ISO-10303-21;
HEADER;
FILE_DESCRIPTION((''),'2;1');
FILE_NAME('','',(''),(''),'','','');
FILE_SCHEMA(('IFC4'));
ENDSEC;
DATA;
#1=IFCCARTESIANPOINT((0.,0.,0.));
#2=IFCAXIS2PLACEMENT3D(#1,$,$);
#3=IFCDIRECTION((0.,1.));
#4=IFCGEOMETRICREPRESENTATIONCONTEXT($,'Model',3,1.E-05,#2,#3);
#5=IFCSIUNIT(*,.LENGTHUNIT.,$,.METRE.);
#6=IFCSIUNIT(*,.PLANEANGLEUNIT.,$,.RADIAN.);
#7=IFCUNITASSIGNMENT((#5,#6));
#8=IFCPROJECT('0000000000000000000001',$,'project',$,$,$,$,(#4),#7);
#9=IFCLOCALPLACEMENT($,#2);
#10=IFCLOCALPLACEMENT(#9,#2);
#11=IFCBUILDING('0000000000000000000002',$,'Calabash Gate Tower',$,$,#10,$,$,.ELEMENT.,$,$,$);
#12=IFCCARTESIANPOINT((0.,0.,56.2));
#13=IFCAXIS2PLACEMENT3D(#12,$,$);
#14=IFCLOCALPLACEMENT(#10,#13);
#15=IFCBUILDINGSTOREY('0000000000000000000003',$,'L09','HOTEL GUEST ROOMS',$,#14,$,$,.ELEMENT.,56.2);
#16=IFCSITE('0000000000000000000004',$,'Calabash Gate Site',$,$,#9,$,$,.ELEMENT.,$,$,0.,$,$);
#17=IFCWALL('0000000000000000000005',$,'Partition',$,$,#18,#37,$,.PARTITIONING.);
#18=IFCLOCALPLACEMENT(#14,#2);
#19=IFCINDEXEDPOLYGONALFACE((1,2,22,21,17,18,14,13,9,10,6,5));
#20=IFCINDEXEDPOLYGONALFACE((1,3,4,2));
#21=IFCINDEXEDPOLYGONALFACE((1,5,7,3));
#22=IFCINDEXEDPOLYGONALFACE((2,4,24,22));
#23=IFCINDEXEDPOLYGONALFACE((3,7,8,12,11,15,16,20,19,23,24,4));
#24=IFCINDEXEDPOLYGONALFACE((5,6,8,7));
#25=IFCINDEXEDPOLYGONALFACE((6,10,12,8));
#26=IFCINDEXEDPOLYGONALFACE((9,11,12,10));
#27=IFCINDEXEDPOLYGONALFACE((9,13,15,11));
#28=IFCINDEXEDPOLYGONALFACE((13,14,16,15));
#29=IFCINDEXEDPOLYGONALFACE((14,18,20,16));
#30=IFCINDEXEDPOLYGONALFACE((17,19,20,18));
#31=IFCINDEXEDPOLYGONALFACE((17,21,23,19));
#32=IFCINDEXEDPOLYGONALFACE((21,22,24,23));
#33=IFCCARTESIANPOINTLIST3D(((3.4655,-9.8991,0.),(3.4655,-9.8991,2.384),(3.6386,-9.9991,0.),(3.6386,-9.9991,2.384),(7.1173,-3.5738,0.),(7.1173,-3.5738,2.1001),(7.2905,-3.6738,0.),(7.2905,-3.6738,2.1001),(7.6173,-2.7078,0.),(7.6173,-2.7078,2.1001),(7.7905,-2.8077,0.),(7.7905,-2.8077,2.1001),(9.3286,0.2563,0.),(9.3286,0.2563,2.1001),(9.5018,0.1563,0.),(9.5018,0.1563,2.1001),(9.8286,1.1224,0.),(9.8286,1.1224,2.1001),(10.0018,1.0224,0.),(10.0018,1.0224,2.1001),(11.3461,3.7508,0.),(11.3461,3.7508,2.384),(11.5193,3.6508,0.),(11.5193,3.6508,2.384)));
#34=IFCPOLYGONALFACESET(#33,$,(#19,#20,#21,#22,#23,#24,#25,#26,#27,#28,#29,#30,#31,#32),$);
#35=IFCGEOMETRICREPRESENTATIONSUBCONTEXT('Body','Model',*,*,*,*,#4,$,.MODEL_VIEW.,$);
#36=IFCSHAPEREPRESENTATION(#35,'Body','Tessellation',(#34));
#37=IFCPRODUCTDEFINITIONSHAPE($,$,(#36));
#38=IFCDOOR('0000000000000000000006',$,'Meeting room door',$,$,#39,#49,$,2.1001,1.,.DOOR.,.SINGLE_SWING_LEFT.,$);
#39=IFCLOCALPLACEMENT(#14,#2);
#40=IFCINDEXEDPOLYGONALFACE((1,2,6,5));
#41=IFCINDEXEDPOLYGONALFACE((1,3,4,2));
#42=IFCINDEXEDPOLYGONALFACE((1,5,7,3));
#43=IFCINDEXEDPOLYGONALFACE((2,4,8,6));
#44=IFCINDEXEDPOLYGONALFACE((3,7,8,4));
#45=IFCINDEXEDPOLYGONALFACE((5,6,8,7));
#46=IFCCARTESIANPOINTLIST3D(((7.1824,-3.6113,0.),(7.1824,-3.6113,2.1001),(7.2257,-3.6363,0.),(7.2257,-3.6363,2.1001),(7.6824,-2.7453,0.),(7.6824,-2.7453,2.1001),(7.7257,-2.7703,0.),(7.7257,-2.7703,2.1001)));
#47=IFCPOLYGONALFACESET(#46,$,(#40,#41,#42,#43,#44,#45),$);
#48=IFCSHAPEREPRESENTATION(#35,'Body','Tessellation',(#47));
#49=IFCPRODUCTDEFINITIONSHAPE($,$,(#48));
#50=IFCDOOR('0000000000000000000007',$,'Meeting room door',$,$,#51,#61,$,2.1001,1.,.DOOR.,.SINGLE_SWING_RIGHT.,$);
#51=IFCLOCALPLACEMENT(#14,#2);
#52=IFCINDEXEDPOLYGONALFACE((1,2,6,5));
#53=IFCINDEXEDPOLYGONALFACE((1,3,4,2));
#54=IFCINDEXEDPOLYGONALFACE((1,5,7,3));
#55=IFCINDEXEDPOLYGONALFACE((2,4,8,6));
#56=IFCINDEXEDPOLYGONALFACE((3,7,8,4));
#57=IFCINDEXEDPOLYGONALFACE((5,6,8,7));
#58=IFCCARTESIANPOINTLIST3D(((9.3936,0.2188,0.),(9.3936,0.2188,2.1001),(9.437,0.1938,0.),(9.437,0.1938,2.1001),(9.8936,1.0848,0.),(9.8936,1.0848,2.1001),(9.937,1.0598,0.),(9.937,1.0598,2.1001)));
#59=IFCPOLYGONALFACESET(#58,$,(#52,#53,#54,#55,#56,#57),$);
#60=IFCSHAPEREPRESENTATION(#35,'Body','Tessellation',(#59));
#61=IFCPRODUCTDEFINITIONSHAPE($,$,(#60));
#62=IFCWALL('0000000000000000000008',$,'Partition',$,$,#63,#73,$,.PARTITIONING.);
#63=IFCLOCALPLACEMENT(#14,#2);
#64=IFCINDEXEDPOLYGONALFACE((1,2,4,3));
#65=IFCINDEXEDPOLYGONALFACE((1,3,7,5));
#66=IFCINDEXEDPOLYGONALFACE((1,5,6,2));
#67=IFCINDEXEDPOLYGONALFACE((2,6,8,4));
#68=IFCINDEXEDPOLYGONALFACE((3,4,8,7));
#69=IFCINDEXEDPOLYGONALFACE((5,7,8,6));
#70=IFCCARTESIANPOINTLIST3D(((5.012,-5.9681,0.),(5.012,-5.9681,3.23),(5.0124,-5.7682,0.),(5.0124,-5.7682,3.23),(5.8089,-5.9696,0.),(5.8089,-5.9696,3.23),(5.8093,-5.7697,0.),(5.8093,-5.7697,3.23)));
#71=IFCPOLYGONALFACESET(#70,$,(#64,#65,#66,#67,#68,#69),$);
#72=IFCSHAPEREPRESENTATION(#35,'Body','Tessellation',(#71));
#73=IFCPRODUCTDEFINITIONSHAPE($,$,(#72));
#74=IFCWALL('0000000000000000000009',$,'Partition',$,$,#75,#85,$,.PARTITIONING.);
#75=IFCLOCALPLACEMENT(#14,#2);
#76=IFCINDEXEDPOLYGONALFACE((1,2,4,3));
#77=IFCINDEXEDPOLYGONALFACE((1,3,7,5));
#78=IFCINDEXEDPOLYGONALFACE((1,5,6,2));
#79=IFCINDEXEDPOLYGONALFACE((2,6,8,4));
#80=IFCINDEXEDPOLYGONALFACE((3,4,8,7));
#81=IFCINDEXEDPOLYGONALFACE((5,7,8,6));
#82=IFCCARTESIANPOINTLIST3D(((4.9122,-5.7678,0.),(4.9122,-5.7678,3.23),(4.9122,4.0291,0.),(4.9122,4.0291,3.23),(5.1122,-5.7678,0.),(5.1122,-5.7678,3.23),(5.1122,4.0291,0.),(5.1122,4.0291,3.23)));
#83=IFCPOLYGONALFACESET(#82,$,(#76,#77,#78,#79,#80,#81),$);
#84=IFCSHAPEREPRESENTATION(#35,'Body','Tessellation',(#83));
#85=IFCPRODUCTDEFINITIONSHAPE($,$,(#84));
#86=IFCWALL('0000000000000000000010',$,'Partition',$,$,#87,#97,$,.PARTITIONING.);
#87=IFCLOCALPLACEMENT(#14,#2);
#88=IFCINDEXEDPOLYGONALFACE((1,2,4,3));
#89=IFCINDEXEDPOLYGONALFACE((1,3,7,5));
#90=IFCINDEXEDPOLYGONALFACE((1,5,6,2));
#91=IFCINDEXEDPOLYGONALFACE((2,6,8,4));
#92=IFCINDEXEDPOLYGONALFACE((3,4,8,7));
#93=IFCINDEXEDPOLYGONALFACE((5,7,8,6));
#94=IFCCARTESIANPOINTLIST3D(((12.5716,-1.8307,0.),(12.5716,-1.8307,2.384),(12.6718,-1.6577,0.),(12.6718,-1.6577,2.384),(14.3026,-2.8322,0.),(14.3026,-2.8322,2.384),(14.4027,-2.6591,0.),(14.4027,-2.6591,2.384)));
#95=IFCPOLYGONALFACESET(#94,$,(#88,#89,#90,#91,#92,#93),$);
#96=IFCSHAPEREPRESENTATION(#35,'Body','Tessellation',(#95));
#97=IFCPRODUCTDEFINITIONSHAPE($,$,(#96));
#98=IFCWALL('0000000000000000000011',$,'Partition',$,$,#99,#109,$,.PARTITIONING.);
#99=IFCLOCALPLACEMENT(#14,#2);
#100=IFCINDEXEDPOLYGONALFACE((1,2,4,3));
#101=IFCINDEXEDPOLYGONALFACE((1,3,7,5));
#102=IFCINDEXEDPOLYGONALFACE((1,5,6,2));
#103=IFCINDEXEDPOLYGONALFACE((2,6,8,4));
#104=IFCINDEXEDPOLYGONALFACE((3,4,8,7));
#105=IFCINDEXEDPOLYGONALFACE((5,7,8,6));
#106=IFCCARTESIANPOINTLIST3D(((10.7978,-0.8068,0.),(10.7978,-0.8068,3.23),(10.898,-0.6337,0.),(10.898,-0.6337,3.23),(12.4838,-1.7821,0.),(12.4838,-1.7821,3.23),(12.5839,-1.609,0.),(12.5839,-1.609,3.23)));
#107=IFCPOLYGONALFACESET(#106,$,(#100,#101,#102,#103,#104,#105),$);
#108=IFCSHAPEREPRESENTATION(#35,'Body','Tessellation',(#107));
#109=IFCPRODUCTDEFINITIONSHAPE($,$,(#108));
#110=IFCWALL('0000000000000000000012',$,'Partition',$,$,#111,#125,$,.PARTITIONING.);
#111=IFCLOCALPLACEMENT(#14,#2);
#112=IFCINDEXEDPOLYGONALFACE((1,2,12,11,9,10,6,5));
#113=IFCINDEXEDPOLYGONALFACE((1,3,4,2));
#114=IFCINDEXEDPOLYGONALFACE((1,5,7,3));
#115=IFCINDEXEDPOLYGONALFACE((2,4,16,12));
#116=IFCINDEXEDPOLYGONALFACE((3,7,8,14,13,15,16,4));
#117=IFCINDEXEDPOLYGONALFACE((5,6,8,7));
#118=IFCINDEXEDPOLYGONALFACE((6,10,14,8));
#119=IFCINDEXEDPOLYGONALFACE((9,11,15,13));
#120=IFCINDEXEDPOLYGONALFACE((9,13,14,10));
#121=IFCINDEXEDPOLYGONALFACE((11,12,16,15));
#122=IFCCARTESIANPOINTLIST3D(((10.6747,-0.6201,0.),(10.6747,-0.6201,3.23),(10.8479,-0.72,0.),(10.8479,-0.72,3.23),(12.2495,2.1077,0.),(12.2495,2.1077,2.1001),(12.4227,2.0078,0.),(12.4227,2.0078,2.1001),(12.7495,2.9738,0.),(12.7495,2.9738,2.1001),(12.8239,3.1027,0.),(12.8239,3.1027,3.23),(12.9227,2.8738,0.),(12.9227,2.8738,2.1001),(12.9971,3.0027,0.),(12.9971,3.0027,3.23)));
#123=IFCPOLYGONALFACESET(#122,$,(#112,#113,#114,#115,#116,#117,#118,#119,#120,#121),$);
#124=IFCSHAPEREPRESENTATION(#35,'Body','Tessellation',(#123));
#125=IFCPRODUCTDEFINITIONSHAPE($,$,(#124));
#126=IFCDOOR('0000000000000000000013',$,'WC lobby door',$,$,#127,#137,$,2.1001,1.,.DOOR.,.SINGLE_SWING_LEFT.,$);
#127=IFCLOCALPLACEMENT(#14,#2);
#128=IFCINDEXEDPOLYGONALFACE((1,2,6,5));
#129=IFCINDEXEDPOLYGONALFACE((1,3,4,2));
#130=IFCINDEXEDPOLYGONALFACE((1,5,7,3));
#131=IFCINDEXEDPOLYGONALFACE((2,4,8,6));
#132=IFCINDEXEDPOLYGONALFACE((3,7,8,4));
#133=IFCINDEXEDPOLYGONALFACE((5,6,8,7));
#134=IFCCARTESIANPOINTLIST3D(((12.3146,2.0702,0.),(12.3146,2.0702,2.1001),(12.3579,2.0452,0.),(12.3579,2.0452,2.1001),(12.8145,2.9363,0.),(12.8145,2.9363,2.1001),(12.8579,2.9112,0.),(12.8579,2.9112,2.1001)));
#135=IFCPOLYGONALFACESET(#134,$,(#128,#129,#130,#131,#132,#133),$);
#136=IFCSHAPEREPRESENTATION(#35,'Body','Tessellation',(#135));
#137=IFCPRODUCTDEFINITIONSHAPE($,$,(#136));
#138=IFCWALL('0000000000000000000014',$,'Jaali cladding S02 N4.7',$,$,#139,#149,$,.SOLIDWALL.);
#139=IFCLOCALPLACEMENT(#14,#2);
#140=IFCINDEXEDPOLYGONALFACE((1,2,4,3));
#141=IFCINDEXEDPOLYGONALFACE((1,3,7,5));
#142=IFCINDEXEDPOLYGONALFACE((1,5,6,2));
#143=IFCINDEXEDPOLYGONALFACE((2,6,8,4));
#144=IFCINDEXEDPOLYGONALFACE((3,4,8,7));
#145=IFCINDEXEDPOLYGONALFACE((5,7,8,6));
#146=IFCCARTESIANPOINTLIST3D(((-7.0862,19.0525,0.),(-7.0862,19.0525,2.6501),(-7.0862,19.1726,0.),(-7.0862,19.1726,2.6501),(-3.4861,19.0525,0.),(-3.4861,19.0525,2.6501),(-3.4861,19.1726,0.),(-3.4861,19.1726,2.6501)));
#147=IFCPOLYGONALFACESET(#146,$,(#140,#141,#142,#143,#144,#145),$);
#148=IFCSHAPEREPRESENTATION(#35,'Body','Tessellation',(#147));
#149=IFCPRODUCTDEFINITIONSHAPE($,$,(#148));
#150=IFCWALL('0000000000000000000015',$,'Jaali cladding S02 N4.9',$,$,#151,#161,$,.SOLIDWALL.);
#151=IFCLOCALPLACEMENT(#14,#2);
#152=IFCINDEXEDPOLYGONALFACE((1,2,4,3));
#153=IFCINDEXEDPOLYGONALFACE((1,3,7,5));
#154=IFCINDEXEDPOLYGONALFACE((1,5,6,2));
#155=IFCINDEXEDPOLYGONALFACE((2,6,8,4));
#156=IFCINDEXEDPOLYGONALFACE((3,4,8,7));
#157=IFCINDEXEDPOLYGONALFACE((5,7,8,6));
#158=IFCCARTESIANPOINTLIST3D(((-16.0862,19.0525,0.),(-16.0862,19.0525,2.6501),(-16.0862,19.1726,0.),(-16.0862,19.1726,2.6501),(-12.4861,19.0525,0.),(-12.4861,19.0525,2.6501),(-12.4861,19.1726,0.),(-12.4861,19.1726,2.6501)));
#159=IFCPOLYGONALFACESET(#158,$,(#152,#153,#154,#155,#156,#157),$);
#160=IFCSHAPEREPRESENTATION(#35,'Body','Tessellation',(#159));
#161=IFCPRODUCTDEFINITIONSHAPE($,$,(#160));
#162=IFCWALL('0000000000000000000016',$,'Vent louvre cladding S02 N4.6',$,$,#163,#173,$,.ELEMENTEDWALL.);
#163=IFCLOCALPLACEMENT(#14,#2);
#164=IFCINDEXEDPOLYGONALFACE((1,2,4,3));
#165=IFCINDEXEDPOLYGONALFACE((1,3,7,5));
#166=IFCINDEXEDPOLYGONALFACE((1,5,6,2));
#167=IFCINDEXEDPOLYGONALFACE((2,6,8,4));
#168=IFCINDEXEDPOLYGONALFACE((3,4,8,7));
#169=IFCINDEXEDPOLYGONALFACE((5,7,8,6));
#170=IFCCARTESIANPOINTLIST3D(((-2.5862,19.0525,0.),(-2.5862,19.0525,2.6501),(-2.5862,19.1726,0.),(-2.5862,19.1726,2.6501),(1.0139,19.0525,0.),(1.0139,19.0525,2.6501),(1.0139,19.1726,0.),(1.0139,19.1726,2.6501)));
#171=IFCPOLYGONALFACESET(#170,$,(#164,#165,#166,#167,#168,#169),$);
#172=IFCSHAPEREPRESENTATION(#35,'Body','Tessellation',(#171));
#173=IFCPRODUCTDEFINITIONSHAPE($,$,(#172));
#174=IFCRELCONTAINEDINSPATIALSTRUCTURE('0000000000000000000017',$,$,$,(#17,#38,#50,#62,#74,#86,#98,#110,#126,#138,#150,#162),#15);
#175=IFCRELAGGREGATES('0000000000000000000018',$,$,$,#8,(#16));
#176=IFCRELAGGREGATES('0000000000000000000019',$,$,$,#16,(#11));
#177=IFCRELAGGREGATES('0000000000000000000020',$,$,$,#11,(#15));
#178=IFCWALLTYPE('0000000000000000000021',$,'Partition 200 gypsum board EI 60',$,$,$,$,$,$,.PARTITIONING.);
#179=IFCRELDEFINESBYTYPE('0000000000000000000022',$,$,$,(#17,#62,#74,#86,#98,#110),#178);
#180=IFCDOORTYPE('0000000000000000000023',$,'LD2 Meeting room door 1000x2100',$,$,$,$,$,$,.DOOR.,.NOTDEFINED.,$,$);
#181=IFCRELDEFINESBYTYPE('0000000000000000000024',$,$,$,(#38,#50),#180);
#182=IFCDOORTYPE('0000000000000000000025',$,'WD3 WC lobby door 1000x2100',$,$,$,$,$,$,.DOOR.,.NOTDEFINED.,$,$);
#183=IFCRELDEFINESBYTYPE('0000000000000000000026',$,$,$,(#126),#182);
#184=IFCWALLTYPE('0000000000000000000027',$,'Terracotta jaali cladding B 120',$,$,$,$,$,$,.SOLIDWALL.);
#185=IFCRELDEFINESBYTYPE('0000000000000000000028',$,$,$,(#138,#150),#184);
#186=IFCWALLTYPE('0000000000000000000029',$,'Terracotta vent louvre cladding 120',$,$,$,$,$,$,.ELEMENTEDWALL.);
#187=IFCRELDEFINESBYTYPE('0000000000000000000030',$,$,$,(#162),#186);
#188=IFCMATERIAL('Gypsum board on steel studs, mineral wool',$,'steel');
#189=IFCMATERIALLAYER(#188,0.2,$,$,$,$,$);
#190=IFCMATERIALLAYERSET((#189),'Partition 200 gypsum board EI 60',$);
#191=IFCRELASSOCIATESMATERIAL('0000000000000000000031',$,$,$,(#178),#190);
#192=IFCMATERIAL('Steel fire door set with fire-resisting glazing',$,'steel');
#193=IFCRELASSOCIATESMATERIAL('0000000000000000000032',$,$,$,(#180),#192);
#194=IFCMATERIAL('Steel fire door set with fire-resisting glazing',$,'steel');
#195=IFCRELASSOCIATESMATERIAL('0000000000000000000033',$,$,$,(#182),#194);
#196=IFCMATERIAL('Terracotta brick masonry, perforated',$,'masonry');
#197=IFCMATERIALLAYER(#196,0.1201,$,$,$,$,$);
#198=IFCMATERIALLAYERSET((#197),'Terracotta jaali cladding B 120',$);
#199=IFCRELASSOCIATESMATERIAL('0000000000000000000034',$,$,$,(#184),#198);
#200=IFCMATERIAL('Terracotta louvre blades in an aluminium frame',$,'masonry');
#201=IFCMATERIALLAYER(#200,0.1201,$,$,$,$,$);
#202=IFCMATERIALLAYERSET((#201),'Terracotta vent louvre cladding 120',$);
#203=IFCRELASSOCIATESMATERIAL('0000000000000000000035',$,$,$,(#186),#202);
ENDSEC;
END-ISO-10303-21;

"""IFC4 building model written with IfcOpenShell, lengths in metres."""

from ifc_helpers import new_model, si_unit, direction, frame, frame_2d, origin, place, context, subcontext, project, spatial, polyline, rectangle, outline, extrude, material, layer, layer_set, type_object, element, fill, save


model = new_model("IFC4")

# Units and contexts
model_context = context("Model", 3, precision=1e-05, world=origin(), true_north=direction((0.0, 1.0)))
body_context = subcontext(model_context, "Body", "Model", "MODEL_VIEW")
ifc_project = project(units=[si_unit("LENGTHUNIT", "METRE"), si_unit("PLANEANGLEUNIT", "RADIAN")], contexts=[model_context])

# Site, building, storey
site_placement = place(None, origin())
site = spatial("IfcSite", under=ifc_project, at=site_placement, Name="Calabash Gate Site", CompositionType="ELEMENT", RefElevation=0.0)
building_placement = place(site_placement, origin())
building = spatial("IfcBuilding", under=site, at=building_placement, Name="Calabash Gate Tower", CompositionType="ELEMENT")
storey_placement = place(building_placement, frame((0.0, 0.0, 56.2)))
storey = spatial("IfcBuildingStorey", under=building, at=storey_placement, Name="L09", Description="HOTEL GUEST ROOMS", CompositionType="ELEMENT", Elevation=56.2)

# Shared definitions
ifc_material_1 = material(Name="Gypsum board on steel studs, mineral wool", Category="steel")
ifc_layer_1 = layer(ifc_material_1, 0.2)
ifc_layer_set_1 = layer_set([ifc_layer_1], Name="Partition 200 gypsum board EI 60")
wall_type_1 = type_object("IfcWallType", Name="Partition 200 gypsum board EI 60", PredefinedType="PARTITIONING", material=ifc_layer_set_1)

# Wall, openings, doors
wall_1_placement = place(storey_placement, frame((3.552, -9.9492, 0.0), z_axis=(0.0, 0.0, 1.0), x_axis=(0.499992, 0.86603, 0.0)))
wall_1 = element("IfcWall", 1, at=wall_1_placement, inside=storey, type_object=wall_type_1, Name="Partition", PredefinedType="PARTITIONING", context=body_context, shape_type="SweptSolid", body=[
    extrude(rectangle(XDim=15.7615, YDim=0.2, at=frame_2d((7.8809, 0.0))), origin(), (0.0, 0.0, 1.0), 2.384),
])
opening_1_placement = place(wall_1_placement, frame((7.304, 0.0, 0.0)))
opening_1 = element("IfcOpeningElement", 2, at=opening_1_placement, cuts=wall_1, PredefinedType="OPENING", context=body_context, shape_type="SweptSolid", body=[
    extrude(rectangle(XDim=1.0, YDim=2.1001, at=frame_2d((0.5, 1.05))), frame((0.0, 0.1099, 0.0), z_axis=(0.0, -1.0, 0.0), x_axis=(1.0, 0.0, 0.0)), (0.0, 0.0, 1.0), 0.22),
])
opening_2_placement = place(wall_1_placement, frame((11.7266, 0.0, 0.0)))
opening_2 = element("IfcOpeningElement", 3, at=opening_2_placement, cuts=wall_1, PredefinedType="OPENING", context=body_context, shape_type="SweptSolid", body=[
    extrude(rectangle(XDim=1.0, YDim=2.1001, at=frame_2d((0.5, 1.05))), frame((0.0, 0.1099, 0.0), z_axis=(0.0, -1.0, 0.0), x_axis=(1.0, 0.0, 0.0)), (0.0, 0.0, 1.0), 0.22),
])
ifc_material_2 = material(Name="Steel fire door set with fire-resisting glazing", Category="steel")
door_type_1 = type_object("IfcDoorType", Name="LD2 Meeting room door 1000x2100", OperationType="NOTDEFINED", PredefinedType="DOOR", material=ifc_material_2)
door_1_placement = place(opening_1_placement, origin())
door_1 = element("IfcDoor", 4, at=door_1_placement, inside=storey, type_object=door_type_1, Name="Meeting room door", OperationType="SINGLE_SWING_LEFT", OverallHeight=2.1001, OverallWidth=1.0, PredefinedType="DOOR", context=body_context, shape_type="SweptSolid", body=[
    extrude(rectangle(XDim=1.0, YDim=2.1001, at=frame_2d((0.5, 1.05))), frame((0.0, 0.0249, 0.0), z_axis=(0.0, -1.0, 0.0), x_axis=(1.0, 0.0, 0.0)), (0.0, 0.0, 1.0), 0.05),
])
fill(opening_1, door_1)
door_2_placement = place(opening_2_placement, origin())
door_2 = element("IfcDoor", 5, at=door_2_placement, inside=storey, type_object=door_type_1, Name="Meeting room door", OperationType="SINGLE_SWING_RIGHT", OverallHeight=2.1001, OverallWidth=1.0, PredefinedType="DOOR", context=body_context, shape_type="SweptSolid", body=[
    extrude(rectangle(XDim=1.0, YDim=2.1001, at=frame_2d((0.5, 1.05))), frame((0.0, 0.0249, 0.0), z_axis=(0.0, -1.0, 0.0), x_axis=(1.0, 0.0, 0.0)), (0.0, 0.0, 1.0), 0.05),
])
fill(opening_2, door_2)

# Walls
wall_2_placement = place(storey_placement, frame((5.0122, -5.8682, 0.0), z_axis=(0.0, 0.0, 1.0), x_axis=(0.999998, -0.001838, 0.0)))
element("IfcWall", 6, at=wall_2_placement, inside=storey, type_object=wall_type_1, Name="Partition", PredefinedType="PARTITIONING", context=body_context, shape_type="SweptSolid", body=[
    extrude(rectangle(XDim=0.7969, YDim=0.2, at=frame_2d((0.3984, 0.0))), origin(), (0.0, 0.0, 1.0), 3.23),
])
wall_3_placement = place(storey_placement, frame((5.0122, -5.7678, 0.0), z_axis=(0.0, 0.0, 1.0), x_axis=(0.0, 1.0, 0.0)))
element("IfcWall", 7, at=wall_3_placement, inside=storey, type_object=wall_type_1, Name="Partition", PredefinedType="PARTITIONING", context=body_context, shape_type="SweptSolid", body=[
    extrude(rectangle(XDim=9.7969, YDim=0.2, at=frame_2d((4.8984, 0.0))), origin(), (0.0, 0.0, 1.0), 3.23),
])
wall_4_placement = place(storey_placement, frame((12.6216, -1.7441, 0.0), z_axis=(0.0, 0.0, 1.0), x_axis=(0.865571, -0.500786, 0.0)))
element("IfcWall", 8, at=wall_4_placement, inside=storey, type_object=wall_type_1, Name="Partition", PredefinedType="PARTITIONING", context=body_context, shape_type="SweptSolid", body=[
    extrude(rectangle(XDim=1.9998, YDim=0.2, at=frame_2d((1.0, 0.0))), origin(), (0.0, 0.0, 1.0), 2.384),
])
wall_5_placement = place(storey_placement, frame((10.8479, -0.7202, 0.0), z_axis=(0.0, 0.0, 1.0), x_axis=(0.865601, -0.500735, 0.0)))
element("IfcWall", 9, at=wall_5_placement, inside=storey, type_object=wall_type_1, Name="Partition", PredefinedType="PARTITIONING", context=body_context, shape_type="SweptSolid", body=[
    extrude(rectangle(XDim=1.9478, YDim=0.2, at=frame_2d((0.9739, 0.0))), origin(), (0.0, 0.0, 1.0), 3.23),
])

# Wall, opening, door
wall_6_placement = place(storey_placement, frame((10.7612, -0.6702, 0.0), z_axis=(0.0, 0.0, 1.0), x_axis=(0.499981, 0.866036, 0.0)))
wall_6 = element("IfcWall", 10, at=wall_6_placement, inside=storey, type_object=wall_type_1, Name="Partition", PredefinedType="PARTITIONING", context=body_context, shape_type="SweptSolid", body=[
    extrude(rectangle(XDim=4.2986, YDim=0.2, at=frame_2d((2.1494, 0.0))), origin(), (0.0, 0.0, 1.0), 3.23),
])
opening_3_placement = place(wall_6_placement, frame((3.1499, 0.0, 0.0)))
opening_3 = element("IfcOpeningElement", 11, at=opening_3_placement, cuts=wall_6, PredefinedType="OPENING", context=body_context, shape_type="SweptSolid", body=[
    extrude(rectangle(XDim=1.0, YDim=2.1001, at=frame_2d((0.5, 1.05))), frame((0.0, 0.1099, 0.0), z_axis=(0.0, -1.0, 0.0), x_axis=(1.0, 0.0, 0.0)), (0.0, 0.0, 1.0), 0.22),
])
ifc_material_3 = material(Name="Steel fire door set with fire-resisting glazing", Category="steel")
door_type_2 = type_object("IfcDoorType", Name="WD3 WC lobby door 1000x2100", OperationType="NOTDEFINED", PredefinedType="DOOR", material=ifc_material_3)
door_3_placement = place(opening_3_placement, origin())
door_3 = element("IfcDoor", 12, at=door_3_placement, inside=storey, type_object=door_type_2, Name="WC lobby door", OperationType="SINGLE_SWING_LEFT", OverallHeight=2.1001, OverallWidth=1.0, PredefinedType="DOOR", context=body_context, shape_type="SweptSolid", body=[
    extrude(rectangle(XDim=1.0, YDim=2.1001, at=frame_2d((0.5, 1.05))), frame((0.0, 0.0249, 0.0), z_axis=(0.0, -1.0, 0.0), x_axis=(1.0, 0.0, 0.0)), (0.0, 0.0, 1.0), 0.05),
])
fill(opening_3, door_3)

# Walls
ifc_material_4 = material(Name="Terracotta brick masonry, perforated", Category="masonry")
ifc_layer_2 = layer(ifc_material_4, 0.1201)
ifc_layer_set_2 = layer_set([ifc_layer_2], Name="Terracotta jaali cladding B 120")
wall_type_2 = type_object("IfcWallType", Name="Terracotta jaali cladding B 120", PredefinedType="SOLIDWALL", material=ifc_layer_set_2)
wall_7_placement = place(storey_placement, origin())
element("IfcWall", 13, at=wall_7_placement, inside=storey, type_object=wall_type_2, Name="Jaali cladding S02 N4.7", PredefinedType="SOLIDWALL", context=body_context, shape_type="SweptSolid", body=[
    extrude(outline(polyline([(-7.0862, 19.1726), (-7.0862, 19.0525), (-3.4861, 19.0525), (-3.4861, 19.1726), (-7.0862, 19.1726)])), origin(), (0.0, 0.0, 1.0), 2.6501),
])
wall_8_placement = place(storey_placement, origin())
element("IfcWall", 14, at=wall_8_placement, inside=storey, type_object=wall_type_2, Name="Jaali cladding S02 N4.9", PredefinedType="SOLIDWALL", context=body_context, shape_type="SweptSolid", body=[
    extrude(outline(polyline([(-16.0862, 19.1726), (-16.0862, 19.0525), (-12.4861, 19.0525), (-12.4861, 19.1726), (-16.0862, 19.1726)])), origin(), (0.0, 0.0, 1.0), 2.6501),
])
ifc_material_5 = material(Name="Terracotta louvre blades in an aluminium frame", Category="masonry")
ifc_layer_3 = layer(ifc_material_5, 0.1201)
ifc_layer_set_3 = layer_set([ifc_layer_3], Name="Terracotta vent louvre cladding 120")
wall_type_3 = type_object("IfcWallType", Name="Terracotta vent louvre cladding 120", PredefinedType="ELEMENTEDWALL", material=ifc_layer_set_3)
wall_9_placement = place(storey_placement, origin())
element("IfcWall", 15, at=wall_9_placement, inside=storey, type_object=wall_type_3, Name="Vent louvre cladding S02 N4.6", PredefinedType="ELEMENTEDWALL", context=body_context, shape_type="SweptSolid", body=[
    extrude(outline(polyline([(-2.5862, 19.1726), (-2.5862, 19.0525), (1.0139, 19.0525), (1.0139, 19.1726), (-2.5862, 19.1726)])), origin(), (0.0, 0.0, 1.0), 2.6501),
])

save(model, "model.ifc")
